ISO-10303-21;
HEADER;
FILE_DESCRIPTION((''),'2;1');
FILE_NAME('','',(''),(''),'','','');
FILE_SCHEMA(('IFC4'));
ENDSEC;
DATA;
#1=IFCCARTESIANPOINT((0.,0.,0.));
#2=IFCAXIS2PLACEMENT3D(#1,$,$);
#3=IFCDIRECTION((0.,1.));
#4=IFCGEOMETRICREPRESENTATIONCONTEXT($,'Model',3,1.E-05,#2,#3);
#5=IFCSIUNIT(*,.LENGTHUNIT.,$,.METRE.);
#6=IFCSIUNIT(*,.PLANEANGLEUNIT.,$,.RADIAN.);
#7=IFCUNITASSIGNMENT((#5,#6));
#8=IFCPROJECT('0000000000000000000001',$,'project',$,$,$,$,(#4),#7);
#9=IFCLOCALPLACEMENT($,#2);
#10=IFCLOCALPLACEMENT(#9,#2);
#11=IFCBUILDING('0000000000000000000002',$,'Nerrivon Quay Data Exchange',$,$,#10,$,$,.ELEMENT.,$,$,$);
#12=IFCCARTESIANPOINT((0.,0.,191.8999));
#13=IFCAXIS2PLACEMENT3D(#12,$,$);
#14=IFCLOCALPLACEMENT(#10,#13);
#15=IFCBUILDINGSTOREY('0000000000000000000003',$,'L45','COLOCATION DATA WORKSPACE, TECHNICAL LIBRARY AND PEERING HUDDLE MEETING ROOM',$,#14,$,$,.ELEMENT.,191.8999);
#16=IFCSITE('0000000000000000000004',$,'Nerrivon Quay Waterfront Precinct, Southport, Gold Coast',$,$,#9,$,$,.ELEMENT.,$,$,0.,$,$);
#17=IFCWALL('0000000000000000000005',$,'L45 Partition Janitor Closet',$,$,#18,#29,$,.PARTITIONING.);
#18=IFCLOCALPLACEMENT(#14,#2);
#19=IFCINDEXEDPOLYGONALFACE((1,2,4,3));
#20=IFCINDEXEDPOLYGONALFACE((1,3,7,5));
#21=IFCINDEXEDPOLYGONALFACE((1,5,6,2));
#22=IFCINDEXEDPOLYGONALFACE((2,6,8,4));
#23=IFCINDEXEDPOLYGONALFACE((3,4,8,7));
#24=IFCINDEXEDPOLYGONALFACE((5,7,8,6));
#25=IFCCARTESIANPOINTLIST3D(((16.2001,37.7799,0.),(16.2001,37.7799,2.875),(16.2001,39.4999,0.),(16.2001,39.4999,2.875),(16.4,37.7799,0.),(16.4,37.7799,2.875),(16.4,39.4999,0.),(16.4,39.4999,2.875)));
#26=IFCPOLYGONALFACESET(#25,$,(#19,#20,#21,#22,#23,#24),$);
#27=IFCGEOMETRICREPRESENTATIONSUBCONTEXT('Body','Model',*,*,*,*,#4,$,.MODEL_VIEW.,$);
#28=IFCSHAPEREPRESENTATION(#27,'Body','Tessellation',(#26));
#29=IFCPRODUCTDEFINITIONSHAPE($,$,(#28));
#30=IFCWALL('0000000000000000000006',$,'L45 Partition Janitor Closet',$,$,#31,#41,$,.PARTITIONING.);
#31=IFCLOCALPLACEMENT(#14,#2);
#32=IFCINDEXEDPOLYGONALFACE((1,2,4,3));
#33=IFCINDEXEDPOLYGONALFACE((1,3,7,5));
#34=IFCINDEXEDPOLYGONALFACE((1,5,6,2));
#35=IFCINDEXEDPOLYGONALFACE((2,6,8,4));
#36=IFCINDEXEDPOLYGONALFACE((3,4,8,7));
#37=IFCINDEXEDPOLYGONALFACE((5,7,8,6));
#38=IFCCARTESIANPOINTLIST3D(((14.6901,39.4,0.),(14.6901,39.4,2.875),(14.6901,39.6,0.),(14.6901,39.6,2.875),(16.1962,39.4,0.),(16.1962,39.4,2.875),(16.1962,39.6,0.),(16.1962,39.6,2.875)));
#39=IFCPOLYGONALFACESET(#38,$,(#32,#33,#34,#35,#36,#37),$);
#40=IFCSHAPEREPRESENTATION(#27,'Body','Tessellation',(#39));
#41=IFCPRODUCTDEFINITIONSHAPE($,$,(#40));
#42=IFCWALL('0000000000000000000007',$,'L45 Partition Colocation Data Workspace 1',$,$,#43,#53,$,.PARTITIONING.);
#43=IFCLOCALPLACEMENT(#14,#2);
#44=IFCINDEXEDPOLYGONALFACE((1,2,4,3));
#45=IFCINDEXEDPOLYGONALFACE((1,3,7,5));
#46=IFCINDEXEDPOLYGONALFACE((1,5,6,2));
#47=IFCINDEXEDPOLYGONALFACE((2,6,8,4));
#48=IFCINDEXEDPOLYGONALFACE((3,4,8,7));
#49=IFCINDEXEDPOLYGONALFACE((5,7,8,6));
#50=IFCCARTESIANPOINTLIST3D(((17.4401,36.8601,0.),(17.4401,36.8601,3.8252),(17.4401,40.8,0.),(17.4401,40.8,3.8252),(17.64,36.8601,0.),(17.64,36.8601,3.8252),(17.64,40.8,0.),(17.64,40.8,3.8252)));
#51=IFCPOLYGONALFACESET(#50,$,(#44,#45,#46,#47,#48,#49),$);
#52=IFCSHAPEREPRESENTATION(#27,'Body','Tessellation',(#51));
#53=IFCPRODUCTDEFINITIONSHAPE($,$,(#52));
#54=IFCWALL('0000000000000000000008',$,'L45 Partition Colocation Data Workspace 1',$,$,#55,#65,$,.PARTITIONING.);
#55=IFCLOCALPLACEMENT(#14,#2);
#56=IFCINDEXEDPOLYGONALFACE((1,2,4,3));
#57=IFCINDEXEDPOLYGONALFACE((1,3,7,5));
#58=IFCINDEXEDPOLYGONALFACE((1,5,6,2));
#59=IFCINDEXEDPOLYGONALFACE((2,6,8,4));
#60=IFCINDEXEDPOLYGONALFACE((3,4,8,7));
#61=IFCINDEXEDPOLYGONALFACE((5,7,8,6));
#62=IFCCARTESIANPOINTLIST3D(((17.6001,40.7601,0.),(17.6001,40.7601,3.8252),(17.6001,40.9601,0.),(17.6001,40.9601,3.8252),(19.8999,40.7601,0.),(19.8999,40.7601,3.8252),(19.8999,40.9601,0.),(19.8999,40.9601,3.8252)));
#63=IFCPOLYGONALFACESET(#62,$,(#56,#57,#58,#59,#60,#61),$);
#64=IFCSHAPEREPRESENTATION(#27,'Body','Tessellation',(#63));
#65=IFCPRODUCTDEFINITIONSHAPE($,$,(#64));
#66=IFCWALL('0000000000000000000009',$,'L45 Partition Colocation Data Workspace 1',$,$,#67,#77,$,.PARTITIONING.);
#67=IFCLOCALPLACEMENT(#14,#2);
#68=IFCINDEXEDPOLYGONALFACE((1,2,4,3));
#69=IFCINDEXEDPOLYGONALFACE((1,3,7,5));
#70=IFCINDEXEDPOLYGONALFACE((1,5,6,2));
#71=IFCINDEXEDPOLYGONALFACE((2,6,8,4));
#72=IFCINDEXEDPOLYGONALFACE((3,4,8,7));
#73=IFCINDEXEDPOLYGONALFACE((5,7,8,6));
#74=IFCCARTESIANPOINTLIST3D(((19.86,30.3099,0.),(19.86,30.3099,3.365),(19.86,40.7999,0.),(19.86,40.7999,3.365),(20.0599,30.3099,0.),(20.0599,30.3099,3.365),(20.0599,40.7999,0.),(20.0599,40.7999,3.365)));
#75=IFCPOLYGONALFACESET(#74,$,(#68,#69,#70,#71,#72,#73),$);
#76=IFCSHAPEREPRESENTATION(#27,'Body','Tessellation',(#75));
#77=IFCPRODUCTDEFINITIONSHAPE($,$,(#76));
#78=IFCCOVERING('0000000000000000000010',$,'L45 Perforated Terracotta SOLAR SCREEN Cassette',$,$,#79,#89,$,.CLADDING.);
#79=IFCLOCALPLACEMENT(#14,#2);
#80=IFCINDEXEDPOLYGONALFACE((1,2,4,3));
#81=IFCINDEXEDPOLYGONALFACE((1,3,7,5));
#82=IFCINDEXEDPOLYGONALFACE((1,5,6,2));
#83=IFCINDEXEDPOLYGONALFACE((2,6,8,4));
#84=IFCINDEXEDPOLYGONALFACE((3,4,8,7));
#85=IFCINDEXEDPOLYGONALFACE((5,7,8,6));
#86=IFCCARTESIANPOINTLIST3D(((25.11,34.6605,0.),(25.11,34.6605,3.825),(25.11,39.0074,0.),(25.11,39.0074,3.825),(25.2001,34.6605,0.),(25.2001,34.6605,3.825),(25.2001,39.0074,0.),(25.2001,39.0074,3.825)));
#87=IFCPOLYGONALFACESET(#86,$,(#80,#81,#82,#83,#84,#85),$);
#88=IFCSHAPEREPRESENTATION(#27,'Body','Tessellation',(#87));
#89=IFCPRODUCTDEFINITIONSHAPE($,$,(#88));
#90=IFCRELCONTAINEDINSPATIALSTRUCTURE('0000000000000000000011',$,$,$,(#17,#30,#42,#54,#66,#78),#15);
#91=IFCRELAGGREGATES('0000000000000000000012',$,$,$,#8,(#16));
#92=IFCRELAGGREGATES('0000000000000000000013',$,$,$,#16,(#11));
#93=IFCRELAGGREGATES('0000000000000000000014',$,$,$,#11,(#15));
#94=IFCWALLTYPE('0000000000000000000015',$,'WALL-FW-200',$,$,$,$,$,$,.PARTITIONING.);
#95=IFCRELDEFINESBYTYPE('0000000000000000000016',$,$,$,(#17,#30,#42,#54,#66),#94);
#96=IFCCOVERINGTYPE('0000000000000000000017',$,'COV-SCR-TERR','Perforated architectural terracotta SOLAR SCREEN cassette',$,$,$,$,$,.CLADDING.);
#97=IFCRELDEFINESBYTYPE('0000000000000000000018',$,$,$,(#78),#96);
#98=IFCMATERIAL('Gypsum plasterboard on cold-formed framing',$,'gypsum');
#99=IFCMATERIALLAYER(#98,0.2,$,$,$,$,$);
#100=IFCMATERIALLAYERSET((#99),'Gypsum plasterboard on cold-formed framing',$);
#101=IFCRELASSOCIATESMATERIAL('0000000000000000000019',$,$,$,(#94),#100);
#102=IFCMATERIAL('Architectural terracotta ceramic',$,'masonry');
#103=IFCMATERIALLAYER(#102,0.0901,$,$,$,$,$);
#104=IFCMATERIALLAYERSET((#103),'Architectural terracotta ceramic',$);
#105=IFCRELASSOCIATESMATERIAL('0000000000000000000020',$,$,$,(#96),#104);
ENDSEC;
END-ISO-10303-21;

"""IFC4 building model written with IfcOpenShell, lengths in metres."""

from ifc_helpers import new_model, si_unit, direction, frame, frame_2d, origin, origin_2d, place, context, subcontext, project, spatial, rectangle, extrude, material, layer, layer_set, type_object, element, save


model = new_model("IFC4")

# Units and contexts
model_context = context("Model", 3, precision=1e-05, world=origin(), true_north=direction((0.0, 1.0)))
body_context = subcontext(model_context, "Body", "Model", "MODEL_VIEW")
ifc_project = project(units=[si_unit("LENGTHUNIT", "METRE"), si_unit("PLANEANGLEUNIT", "RADIAN")], contexts=[model_context])

# Site, building, storey
site_placement = place(None, origin())
site = spatial("IfcSite", under=ifc_project, at=site_placement, Name="Nerrivon Quay Waterfront Precinct, Southport, Gold Coast", CompositionType="ELEMENT", RefElevation=0.0)
building_placement = place(site_placement, origin())
building = spatial("IfcBuilding", under=site, at=building_placement, Name="Nerrivon Quay Data Exchange", CompositionType="ELEMENT")
storey_placement = place(building_placement, frame((0.0, 0.0, 191.8999)))
storey = spatial("IfcBuildingStorey", under=building, at=storey_placement, Name="L45", Description="COLOCATION DATA WORKSPACE, TECHNICAL LIBRARY AND PEERING HUDDLE MEETING ROOM", CompositionType="ELEMENT", Elevation=191.8999)

# Shared definitions
ifc_material_1 = material(Name="Gypsum plasterboard on cold-formed framing", Category="gypsum")
ifc_layer_1 = layer(ifc_material_1, 0.2)
ifc_layer_set_1 = layer_set([ifc_layer_1], Name="Gypsum plasterboard on cold-formed framing")
wall_type_1 = type_object("IfcWallType", Name="WALL-FW-200", PredefinedType="PARTITIONING", material=ifc_layer_set_1)

# Walls
wall_1_placement = place(storey_placement, frame((16.3, 37.78, 0.0), z_axis=(0.0, 0.0, 1.0), x_axis=(0.0, 1.0, 0.0)))
element("IfcWall", 1, at=wall_1_placement, inside=storey, type_object=wall_type_1, Name="L45 Partition Janitor Closet", PredefinedType="PARTITIONING", context=body_context, shape_type="SweptSolid", body=[
    extrude(rectangle(XDim=1.72, YDim=0.2, at=frame_2d((0.8599, 0.0))), origin(), (0.0, 0.0, 1.0), 2.875),
])
wall_2_placement = place(storey_placement, frame((16.196, 39.5, 0.0), z_axis=(0.0, 0.0, 1.0), x_axis=(-1.0, 0.0, 0.0)))
element("IfcWall", 2, at=wall_2_placement, inside=storey, type_object=wall_type_1, Name="L45 Partition Janitor Closet", PredefinedType="PARTITIONING", context=body_context, shape_type="SweptSolid", body=[
    extrude(rectangle(XDim=1.5061, YDim=0.2, at=frame_2d((0.7529, 0.0))), origin(), (0.0, 0.0, 1.0), 2.875),
])
wall_3_placement = place(storey_placement, frame((17.54, 36.8601, 0.0), z_axis=(0.0, 0.0, 1.0), x_axis=(0.0, 1.0, 0.0)))
element("IfcWall", 3, at=wall_3_placement, inside=storey, type_object=wall_type_1, Name="L45 Partition Colocation Data Workspace 1", PredefinedType="PARTITIONING", context=body_context, shape_type="SweptSolid", body=[
    extrude(rectangle(XDim=3.9399, YDim=0.2, at=frame_2d((1.97, 0.0))), origin(), (0.0, 0.0, 1.0), 3.8252),
])
wall_4_placement = place(storey_placement, frame((17.6001, 40.8601, 0.0), z_axis=(0.0, 0.0, 1.0), x_axis=(1.0, 0.0, 0.0)))
element("IfcWall", 4, at=wall_4_placement, inside=storey, type_object=wall_type_1, Name="L45 Partition Colocation Data Workspace 1", PredefinedType="PARTITIONING", context=body_context, shape_type="SweptSolid", body=[
    extrude(rectangle(XDim=2.2998, YDim=0.2, at=frame_2d((1.1499, 0.0))), origin(), (0.0, 0.0, 1.0), 3.8252),
])
wall_5_placement = place(storey_placement, frame((19.96, 40.8, 0.0), z_axis=(0.0, 0.0, 1.0), x_axis=(0.0, -1.0, 0.0)))
element("IfcWall", 5, at=wall_5_placement, inside=storey, type_object=wall_type_1, Name="L45 Partition Colocation Data Workspace 1", PredefinedType="PARTITIONING", context=body_context, shape_type="SweptSolid", body=[
    extrude(rectangle(XDim=10.49, YDim=0.2, at=frame_2d((5.2451, 0.0))), origin(), (0.0, 0.0, 1.0), 3.365),
])

# Covering
ifc_material_2 = material(Name="Architectural terracotta ceramic", Category="masonry")
ifc_layer_2 = layer(ifc_material_2, 0.0901)
ifc_layer_set_2 = layer_set([ifc_layer_2], Name="Architectural terracotta ceramic")
covering_type = type_object("IfcCoveringType", Name="COV-SCR-TERR", Description="Perforated architectural terracotta SOLAR SCREEN cassette", PredefinedType="CLADDING", material=ifc_layer_set_2)
covering_placement = place(storey_placement, frame((25.155, 36.834, 0.0), z_axis=(0.0, 0.0, 1.0), x_axis=(0.0, -1.0, 0.0)))
element("IfcCovering", 6, at=covering_placement, inside=storey, type_object=covering_type, Name="L45 Perforated Terracotta SOLAR SCREEN Cassette", PredefinedType="CLADDING", context=body_context, shape_type="SweptSolid", body=[
    extrude(rectangle(XDim=4.3469, YDim=0.0901, at=origin_2d()), origin(), (0.0, 0.0, 1.0), 3.825),
])

save(model, "model.ifc")
